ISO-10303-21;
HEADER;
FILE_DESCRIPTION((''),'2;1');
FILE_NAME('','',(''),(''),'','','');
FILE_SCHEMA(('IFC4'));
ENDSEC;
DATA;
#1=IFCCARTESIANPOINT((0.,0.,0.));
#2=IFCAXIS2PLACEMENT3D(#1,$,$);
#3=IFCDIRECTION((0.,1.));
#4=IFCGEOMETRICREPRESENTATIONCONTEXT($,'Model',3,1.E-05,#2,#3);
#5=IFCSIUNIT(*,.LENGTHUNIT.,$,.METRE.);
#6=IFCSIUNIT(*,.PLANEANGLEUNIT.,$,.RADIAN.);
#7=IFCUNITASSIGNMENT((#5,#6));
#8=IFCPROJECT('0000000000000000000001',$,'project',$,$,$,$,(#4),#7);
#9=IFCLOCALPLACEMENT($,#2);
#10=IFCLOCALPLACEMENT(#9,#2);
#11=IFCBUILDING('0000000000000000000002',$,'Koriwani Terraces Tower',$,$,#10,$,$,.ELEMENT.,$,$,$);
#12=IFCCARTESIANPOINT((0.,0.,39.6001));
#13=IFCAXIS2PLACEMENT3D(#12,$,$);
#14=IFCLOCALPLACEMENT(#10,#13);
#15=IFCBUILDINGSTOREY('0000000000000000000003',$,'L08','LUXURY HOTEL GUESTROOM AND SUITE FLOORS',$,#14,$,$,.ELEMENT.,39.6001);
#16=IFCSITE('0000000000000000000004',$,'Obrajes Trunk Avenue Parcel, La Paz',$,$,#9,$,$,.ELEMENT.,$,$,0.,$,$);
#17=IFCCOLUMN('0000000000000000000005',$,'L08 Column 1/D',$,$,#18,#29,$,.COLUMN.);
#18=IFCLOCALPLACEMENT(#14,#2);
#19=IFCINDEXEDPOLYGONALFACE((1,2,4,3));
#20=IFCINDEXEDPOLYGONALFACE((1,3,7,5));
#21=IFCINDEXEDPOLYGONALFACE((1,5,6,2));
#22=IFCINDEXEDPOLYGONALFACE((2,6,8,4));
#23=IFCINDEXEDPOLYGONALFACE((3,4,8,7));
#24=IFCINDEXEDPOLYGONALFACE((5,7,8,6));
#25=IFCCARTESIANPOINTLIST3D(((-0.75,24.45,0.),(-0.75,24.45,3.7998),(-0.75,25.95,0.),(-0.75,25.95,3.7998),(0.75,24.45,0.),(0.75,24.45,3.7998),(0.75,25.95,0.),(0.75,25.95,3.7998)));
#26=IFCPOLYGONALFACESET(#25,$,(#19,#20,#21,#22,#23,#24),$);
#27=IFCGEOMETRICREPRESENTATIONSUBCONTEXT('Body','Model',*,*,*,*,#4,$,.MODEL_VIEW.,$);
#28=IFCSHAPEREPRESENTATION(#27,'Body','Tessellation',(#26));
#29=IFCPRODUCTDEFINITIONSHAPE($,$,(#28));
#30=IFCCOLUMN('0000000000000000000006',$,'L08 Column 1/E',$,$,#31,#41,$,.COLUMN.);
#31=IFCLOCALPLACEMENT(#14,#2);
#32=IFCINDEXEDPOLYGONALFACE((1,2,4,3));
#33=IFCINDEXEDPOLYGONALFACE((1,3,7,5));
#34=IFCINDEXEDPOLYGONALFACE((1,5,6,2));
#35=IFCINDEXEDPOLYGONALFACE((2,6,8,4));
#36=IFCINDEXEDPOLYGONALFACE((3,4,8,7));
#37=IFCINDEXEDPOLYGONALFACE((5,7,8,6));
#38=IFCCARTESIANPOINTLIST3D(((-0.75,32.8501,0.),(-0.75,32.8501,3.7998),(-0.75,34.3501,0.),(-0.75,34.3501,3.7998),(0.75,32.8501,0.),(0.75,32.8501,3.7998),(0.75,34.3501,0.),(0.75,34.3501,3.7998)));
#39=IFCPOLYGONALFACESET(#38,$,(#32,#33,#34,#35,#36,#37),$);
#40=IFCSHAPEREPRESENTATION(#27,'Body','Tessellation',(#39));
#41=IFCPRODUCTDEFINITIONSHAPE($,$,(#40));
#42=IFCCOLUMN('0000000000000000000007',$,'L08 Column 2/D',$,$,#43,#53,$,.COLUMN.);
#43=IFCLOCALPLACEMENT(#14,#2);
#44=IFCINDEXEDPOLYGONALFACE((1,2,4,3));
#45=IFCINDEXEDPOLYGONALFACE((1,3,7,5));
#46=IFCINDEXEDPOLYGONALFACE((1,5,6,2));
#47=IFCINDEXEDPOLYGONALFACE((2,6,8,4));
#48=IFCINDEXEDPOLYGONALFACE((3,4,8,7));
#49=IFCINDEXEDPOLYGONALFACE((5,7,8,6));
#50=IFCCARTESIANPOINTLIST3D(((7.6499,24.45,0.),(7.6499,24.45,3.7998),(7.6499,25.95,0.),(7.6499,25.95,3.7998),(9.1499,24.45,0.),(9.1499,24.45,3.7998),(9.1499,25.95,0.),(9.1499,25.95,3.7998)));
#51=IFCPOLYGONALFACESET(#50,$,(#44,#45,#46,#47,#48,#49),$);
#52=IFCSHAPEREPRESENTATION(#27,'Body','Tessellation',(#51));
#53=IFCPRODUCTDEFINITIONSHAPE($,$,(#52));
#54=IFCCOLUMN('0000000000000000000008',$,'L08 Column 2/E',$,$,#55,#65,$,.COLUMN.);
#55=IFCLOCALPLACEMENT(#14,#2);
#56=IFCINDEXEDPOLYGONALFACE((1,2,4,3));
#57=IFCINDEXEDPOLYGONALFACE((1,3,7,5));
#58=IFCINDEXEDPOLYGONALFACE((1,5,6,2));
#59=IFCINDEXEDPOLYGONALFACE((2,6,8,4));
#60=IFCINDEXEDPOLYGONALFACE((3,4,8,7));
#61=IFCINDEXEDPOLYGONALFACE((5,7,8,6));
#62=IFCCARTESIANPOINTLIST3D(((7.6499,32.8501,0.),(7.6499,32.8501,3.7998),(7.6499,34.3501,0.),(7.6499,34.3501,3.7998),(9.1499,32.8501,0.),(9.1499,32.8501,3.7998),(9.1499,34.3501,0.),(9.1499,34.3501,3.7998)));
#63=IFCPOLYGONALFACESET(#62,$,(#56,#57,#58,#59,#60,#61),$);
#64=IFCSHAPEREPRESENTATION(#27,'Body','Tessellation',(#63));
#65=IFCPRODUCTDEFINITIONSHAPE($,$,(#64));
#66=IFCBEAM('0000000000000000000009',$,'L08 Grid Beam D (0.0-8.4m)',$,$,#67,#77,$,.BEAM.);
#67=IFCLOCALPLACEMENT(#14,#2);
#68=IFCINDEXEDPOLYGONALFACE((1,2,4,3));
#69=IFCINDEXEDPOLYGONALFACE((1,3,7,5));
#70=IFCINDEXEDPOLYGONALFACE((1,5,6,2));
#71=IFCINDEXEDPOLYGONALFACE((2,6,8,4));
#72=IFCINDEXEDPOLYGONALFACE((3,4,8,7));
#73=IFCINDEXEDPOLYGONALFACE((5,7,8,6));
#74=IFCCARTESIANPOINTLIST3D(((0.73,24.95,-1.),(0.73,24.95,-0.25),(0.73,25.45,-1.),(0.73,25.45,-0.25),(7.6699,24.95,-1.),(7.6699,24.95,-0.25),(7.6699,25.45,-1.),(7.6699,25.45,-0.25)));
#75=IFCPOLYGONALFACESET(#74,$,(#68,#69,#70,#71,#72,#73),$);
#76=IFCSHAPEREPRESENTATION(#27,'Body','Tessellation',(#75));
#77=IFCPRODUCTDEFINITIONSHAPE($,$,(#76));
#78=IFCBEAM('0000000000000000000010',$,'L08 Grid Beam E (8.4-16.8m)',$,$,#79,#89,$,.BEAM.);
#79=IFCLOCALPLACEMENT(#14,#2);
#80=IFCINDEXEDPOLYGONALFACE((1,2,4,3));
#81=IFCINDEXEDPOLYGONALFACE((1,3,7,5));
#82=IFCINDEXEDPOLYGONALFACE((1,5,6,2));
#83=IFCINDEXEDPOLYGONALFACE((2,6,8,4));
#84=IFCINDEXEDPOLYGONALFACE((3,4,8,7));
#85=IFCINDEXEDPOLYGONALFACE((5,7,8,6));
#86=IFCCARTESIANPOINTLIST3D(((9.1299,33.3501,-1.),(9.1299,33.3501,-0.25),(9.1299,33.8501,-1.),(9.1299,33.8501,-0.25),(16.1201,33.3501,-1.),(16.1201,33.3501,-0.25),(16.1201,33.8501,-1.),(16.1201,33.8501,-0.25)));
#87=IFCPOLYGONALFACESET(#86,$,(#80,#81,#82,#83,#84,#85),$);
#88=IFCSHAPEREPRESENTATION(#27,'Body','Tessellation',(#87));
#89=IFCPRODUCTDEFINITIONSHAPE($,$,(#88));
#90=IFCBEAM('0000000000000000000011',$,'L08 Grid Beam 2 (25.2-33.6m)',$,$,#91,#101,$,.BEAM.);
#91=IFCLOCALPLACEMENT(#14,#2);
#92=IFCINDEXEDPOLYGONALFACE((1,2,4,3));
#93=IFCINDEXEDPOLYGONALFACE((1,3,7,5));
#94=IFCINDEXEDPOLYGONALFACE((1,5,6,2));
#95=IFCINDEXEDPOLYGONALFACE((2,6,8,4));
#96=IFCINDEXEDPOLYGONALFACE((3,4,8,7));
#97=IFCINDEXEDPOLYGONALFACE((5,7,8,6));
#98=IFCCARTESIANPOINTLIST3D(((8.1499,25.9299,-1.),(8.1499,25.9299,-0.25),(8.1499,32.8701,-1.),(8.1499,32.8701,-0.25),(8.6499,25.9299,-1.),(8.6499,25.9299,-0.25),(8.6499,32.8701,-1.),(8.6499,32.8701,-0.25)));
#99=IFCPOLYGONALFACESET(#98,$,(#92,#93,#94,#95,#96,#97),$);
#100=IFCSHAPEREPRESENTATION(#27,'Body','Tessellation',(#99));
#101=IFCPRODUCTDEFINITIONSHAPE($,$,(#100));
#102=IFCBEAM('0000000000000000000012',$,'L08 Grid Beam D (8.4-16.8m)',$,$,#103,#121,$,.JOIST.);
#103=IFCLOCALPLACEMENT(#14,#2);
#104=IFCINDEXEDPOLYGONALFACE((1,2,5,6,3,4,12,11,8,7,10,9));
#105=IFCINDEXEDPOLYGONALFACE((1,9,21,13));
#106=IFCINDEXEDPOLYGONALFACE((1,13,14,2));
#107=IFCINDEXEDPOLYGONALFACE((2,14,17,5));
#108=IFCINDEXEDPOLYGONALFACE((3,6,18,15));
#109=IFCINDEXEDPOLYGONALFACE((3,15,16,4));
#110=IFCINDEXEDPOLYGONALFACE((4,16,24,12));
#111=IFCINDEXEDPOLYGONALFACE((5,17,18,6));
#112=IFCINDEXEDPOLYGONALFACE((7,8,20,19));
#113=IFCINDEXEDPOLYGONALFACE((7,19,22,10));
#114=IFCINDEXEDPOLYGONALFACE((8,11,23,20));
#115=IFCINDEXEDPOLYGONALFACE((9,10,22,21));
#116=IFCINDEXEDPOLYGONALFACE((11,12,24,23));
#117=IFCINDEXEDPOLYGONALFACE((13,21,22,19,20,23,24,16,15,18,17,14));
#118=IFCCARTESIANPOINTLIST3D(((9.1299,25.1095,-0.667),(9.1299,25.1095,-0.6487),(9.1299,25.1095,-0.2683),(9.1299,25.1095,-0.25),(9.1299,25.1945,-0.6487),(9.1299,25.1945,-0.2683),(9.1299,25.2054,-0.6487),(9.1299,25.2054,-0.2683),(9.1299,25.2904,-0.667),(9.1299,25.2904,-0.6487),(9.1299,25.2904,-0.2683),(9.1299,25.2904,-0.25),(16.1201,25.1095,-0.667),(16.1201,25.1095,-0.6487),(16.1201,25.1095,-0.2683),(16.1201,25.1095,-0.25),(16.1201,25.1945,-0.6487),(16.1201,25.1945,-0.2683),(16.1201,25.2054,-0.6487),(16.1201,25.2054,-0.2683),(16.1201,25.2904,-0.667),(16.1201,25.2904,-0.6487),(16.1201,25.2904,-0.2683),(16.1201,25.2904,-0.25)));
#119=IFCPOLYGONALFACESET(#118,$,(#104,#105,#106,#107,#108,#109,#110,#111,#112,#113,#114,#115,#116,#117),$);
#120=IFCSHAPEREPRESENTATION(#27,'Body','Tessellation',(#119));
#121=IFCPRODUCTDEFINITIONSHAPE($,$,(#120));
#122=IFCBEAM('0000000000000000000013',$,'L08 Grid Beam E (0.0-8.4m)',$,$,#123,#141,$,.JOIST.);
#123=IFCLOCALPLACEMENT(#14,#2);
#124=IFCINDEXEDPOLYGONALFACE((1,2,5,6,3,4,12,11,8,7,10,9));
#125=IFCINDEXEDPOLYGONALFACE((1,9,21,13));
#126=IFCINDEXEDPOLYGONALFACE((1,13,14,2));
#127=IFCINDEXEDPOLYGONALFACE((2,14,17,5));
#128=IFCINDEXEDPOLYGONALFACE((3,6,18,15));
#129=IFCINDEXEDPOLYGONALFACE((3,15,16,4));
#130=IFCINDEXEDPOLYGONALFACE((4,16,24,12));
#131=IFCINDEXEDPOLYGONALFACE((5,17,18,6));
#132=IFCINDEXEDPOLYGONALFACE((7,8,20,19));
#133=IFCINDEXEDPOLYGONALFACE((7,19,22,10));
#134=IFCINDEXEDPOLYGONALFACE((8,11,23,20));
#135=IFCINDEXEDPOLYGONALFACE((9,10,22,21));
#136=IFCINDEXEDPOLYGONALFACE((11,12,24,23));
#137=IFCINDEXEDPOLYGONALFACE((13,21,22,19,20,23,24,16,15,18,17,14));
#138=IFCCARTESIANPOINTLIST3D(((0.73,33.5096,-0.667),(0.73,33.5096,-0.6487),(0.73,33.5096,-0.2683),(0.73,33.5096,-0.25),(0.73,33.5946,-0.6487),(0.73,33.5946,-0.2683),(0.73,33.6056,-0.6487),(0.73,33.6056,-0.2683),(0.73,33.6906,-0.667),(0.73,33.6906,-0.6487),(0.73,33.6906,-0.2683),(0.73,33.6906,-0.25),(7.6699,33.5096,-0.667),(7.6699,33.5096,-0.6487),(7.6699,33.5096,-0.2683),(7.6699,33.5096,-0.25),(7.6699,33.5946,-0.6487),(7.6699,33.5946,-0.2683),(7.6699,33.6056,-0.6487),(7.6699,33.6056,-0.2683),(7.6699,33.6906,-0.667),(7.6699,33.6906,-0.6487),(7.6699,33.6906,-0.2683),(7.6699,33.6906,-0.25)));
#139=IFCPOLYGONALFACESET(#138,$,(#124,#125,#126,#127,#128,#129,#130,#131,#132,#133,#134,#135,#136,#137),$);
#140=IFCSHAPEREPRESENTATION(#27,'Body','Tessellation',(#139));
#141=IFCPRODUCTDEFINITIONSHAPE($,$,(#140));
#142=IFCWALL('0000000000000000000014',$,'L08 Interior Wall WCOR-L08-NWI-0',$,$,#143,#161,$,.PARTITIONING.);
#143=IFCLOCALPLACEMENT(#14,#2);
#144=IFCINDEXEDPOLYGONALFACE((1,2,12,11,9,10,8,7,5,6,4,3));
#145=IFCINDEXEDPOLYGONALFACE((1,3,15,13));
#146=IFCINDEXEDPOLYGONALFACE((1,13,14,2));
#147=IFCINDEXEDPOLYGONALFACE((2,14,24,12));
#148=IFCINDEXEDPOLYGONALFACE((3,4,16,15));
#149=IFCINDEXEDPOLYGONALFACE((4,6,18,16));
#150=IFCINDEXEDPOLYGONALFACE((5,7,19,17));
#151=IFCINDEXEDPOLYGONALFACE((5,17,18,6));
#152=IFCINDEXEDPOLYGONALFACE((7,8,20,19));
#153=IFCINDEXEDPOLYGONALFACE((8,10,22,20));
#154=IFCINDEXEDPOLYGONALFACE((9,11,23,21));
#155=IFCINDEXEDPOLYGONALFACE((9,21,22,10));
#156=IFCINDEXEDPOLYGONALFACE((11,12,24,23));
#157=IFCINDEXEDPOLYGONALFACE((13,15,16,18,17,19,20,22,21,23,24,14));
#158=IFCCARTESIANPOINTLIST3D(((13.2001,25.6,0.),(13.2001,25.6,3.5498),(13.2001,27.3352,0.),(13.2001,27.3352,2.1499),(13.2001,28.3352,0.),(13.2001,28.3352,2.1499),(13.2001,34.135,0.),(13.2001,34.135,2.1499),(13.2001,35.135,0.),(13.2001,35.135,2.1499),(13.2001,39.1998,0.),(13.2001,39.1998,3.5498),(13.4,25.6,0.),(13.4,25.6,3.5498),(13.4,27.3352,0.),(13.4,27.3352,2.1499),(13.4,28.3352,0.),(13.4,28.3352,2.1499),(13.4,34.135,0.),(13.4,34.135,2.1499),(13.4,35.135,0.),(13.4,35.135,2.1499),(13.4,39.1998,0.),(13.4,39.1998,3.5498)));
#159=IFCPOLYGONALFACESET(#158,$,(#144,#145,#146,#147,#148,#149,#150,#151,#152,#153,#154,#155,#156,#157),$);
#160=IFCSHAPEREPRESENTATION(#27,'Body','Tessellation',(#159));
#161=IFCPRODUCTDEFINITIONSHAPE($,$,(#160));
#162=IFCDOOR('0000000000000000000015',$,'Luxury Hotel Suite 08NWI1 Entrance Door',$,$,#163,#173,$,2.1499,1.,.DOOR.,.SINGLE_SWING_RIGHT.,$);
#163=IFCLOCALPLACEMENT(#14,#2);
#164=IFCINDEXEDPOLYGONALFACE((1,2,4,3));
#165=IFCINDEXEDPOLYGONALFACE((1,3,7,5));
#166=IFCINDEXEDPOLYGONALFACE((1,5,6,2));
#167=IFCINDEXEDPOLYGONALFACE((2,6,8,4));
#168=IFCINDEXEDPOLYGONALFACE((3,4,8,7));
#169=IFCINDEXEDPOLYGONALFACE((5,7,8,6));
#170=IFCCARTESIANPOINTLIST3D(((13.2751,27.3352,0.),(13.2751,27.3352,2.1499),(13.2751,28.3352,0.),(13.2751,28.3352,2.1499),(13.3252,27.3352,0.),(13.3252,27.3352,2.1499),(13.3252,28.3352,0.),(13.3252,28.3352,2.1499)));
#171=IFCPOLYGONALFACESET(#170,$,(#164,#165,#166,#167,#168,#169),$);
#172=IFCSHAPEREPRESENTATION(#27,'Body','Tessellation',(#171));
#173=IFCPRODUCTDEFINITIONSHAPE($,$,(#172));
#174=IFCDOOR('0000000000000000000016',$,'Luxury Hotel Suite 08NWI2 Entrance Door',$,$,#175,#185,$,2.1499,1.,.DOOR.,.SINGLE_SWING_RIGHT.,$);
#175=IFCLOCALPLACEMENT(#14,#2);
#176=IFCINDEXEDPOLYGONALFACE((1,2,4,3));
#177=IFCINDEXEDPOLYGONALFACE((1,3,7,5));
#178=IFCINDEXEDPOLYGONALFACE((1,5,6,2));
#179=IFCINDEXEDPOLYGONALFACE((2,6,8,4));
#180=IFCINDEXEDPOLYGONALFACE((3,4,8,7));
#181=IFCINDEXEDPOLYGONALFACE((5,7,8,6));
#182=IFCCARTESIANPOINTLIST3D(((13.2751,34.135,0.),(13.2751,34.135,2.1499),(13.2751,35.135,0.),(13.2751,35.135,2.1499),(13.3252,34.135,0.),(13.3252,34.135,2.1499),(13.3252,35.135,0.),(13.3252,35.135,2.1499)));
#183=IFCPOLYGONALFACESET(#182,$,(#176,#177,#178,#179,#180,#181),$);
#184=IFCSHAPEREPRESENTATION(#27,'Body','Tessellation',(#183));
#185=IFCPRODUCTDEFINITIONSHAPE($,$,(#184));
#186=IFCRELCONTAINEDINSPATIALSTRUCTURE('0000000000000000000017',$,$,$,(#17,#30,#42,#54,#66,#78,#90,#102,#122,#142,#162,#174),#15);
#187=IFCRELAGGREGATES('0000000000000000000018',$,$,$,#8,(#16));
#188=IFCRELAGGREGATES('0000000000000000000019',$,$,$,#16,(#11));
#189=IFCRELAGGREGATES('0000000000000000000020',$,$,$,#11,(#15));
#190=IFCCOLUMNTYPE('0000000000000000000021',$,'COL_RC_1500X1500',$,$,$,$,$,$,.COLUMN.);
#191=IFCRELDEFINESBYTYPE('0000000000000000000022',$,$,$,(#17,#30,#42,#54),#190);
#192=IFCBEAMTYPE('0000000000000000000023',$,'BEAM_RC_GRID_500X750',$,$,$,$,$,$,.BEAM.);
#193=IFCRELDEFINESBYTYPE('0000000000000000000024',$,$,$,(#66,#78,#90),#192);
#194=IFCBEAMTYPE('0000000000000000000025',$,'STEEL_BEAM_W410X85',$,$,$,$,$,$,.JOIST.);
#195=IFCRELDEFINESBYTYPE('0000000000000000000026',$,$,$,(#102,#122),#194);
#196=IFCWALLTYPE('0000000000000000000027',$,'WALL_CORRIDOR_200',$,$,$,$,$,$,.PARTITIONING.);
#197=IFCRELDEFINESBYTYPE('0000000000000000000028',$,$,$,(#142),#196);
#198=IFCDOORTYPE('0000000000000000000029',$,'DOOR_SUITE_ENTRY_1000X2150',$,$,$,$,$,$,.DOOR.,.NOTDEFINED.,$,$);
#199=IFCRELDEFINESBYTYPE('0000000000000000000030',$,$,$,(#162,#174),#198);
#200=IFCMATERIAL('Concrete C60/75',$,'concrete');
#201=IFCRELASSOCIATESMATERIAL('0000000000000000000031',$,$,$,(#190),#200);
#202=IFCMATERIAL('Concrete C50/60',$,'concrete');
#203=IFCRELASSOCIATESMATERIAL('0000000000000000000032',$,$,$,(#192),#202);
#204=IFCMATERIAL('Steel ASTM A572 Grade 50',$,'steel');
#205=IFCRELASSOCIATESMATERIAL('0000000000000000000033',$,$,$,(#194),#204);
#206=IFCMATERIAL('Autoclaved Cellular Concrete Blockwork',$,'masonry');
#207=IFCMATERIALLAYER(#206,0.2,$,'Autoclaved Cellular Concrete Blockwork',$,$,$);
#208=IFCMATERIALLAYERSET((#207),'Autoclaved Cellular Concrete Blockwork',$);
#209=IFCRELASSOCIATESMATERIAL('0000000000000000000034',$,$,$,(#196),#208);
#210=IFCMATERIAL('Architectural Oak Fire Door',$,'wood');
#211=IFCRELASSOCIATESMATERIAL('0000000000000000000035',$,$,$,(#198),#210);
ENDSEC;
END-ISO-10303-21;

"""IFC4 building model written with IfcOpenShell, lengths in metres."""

from ifc_helpers import new_model, si_unit, direction, frame, frame_2d, origin, origin_2d, place, context, subcontext, project, spatial, rectangle, i_section, extrude, material, layer, layer_set, material_profile, profile_set, type_object, element, fill, save


model = new_model("IFC4")

# Units and contexts
model_context = context("Model", 3, precision=1e-05, world=origin(), true_north=direction((0.0, 1.0)))
body_context = subcontext(model_context, "Body", "Model", "MODEL_VIEW")
ifc_project = project(units=[si_unit("LENGTHUNIT", "METRE"), si_unit("PLANEANGLEUNIT", "RADIAN")], contexts=[model_context])

# Site, building, storey
site_placement = place(None, origin())
site = spatial("IfcSite", under=ifc_project, at=site_placement, Name="Obrajes Trunk Avenue Parcel, La Paz", CompositionType="ELEMENT", RefElevation=0.0)
building_placement = place(site_placement, origin())
building = spatial("IfcBuilding", under=site, at=building_placement, Name="Koriwani Terraces Tower", CompositionType="ELEMENT")
storey_placement = place(building_placement, frame((0.0, 0.0, 39.6001)))
storey = spatial("IfcBuildingStorey", under=building, at=storey_placement, Name="L08", Description="LUXURY HOTEL GUESTROOM AND SUITE FLOORS", CompositionType="ELEMENT", Elevation=39.6001)

# Columns
ifc_material_1 = material(Name="Concrete C60/75", Category="concrete")
ifc_material_profile_1 = material_profile(ifc_material_1, rectangle(XDim=1.5, YDim=1.5, at=origin_2d()), Name="Concrete C60/75", Category="LoadBearing")
ifc_profile_set_1 = profile_set([ifc_material_profile_1], Name="Concrete C60/75")
column_type = type_object("IfcColumnType", Name="COL_RC_1500X1500", PredefinedType="COLUMN", material=ifc_profile_set_1)
for number, where, z_axis, x_axis, name in (
    (1, (0.0, 25.2, 0.0), (0.0, 0.0, 1.0), (1.0, 0.0, 0.0), "L08 Column 1/D"),
    (2, (0.0, 33.6001, 0.0), (0.0, 0.0, 1.0), (1.0, 0.0, 0.0), "L08 Column 1/E"),
    (3, (8.3999, 25.2, 0.0), (0.0, 0.0, 1.0), (1.0, 0.0, 0.0), "L08 Column 2/D"),
    (4, (8.3999, 33.6001, 0.0), (0.0, 0.0, 1.0), (1.0, 0.0, 0.0), "L08 Column 2/E"),
):
    element("IfcColumn", number, at=place(storey_placement, frame(where, z_axis=z_axis, x_axis=x_axis)), inside=storey, type_object=column_type, Name=name, PredefinedType="COLUMN", context=body_context, shape_type="SweptSolid", body=[
        extrude(rectangle(XDim=1.5, YDim=1.5, at=origin_2d()), origin(), (0.0, 0.0, 1.0), 3.7998),
    ])

# Beams
ifc_material_2 = material(Name="Concrete C50/60", Category="concrete")
ifc_material_profile_2 = material_profile(ifc_material_2, rectangle(XDim=0.5, YDim=0.75, at=origin_2d()), Name="Concrete C50/60", Category="LoadBearing")
ifc_profile_set_2 = profile_set([ifc_material_profile_2], Name="Concrete C50/60")
beam_type_1 = type_object("IfcBeamType", Name="BEAM_RC_GRID_500X750", PredefinedType="BEAM", material=ifc_profile_set_2)
beam_1_placement = place(storey_placement, frame((0.73, 25.2, -0.625), z_axis=(1.0, 0.0, 0.0), x_axis=(0.0, 1.0, 0.0)))
element("IfcBeam", 5, at=beam_1_placement, inside=storey, type_object=beam_type_1, Name="L08 Grid Beam D (0.0-8.4m)", PredefinedType="BEAM", context=body_context, shape_type="SweptSolid", body=[
    extrude(rectangle(XDim=0.5, YDim=0.75, at=origin_2d()), origin(), (0.0, 0.0, 1.0), 6.9399),
])
beam_2_placement = place(storey_placement, frame((9.1299, 33.6001, -0.625), z_axis=(1.0, 0.0, 0.0), x_axis=(0.0, 1.0, 0.0)))
element("IfcBeam", 6, at=beam_2_placement, inside=storey, type_object=beam_type_1, Name="L08 Grid Beam E (8.4-16.8m)", PredefinedType="BEAM", context=body_context, shape_type="SweptSolid", body=[
    extrude(rectangle(XDim=0.5, YDim=0.75, at=origin_2d()), origin(), (0.0, 0.0, 1.0), 6.9902),
])
beam_3_placement = place(storey_placement, frame((8.3999, 25.9299, -0.625), z_axis=(0.0, 1.0, 0.0), x_axis=(-1.0, 0.0, 0.0)))
element("IfcBeam", 7, at=beam_3_placement, inside=storey, type_object=beam_type_1, Name="L08 Grid Beam 2 (25.2-33.6m)", PredefinedType="BEAM", context=body_context, shape_type="SweptSolid", body=[
    extrude(rectangle(XDim=0.5, YDim=0.75, at=origin_2d()), origin(), (0.0, 0.0, 1.0), 6.9402),
])
ifc_material_3 = material(Name="Steel ASTM A572 Grade 50", Category="steel")
ifc_material_profile_3 = material_profile(ifc_material_3, i_section(OverallWidth=0.1809, OverallDepth=0.417, WebThickness=0.011, FlangeThickness=0.0183, at=origin_2d()), Name="Steel ASTM A572 Grade 50", Category="LoadBearing")
ifc_profile_set_3 = profile_set([ifc_material_profile_3], Name="Steel ASTM A572 Grade 50")
beam_type_2 = type_object("IfcBeamType", Name="STEEL_BEAM_W410X85", PredefinedType="JOIST", material=ifc_profile_set_3)
beam_4_placement = place(storey_placement, frame((9.1299, 25.2, -0.4585), z_axis=(1.0, 0.0, 0.0), x_axis=(0.0, 1.0, 0.0)))
element("IfcBeam", 8, at=beam_4_placement, inside=storey, type_object=beam_type_2, Name="L08 Grid Beam D (8.4-16.8m)", PredefinedType="JOIST", context=body_context, shape_type="SweptSolid", body=[
    extrude(i_section(OverallWidth=0.1809, OverallDepth=0.417, WebThickness=0.011, FlangeThickness=0.0183, at=origin_2d()), origin(), (0.0, 0.0, 1.0), 6.9902),
])
beam_5_placement = place(storey_placement, frame((0.73, 33.6001, -0.4585), z_axis=(1.0, 0.0, 0.0), x_axis=(0.0, 1.0, 0.0)))
element("IfcBeam", 9, at=beam_5_placement, inside=storey, type_object=beam_type_2, Name="L08 Grid Beam E (0.0-8.4m)", PredefinedType="JOIST", context=body_context, shape_type="SweptSolid", body=[
    extrude(i_section(OverallWidth=0.1809, OverallDepth=0.417, WebThickness=0.011, FlangeThickness=0.0183, at=origin_2d()), origin(), (0.0, 0.0, 1.0), 6.9399),
])

# Wall, openings, doors
ifc_material_4 = material(Name="Autoclaved Cellular Concrete Blockwork", Category="masonry")
ifc_layer_1 = layer(ifc_material_4, 0.2, Name="Autoclaved Cellular Concrete Blockwork")
ifc_layer_set_1 = layer_set([ifc_layer_1], Name="Autoclaved Cellular Concrete Blockwork")
wall_type_1 = type_object("IfcWallType", Name="WALL_CORRIDOR_200", PredefinedType="PARTITIONING", material=ifc_layer_set_1)
wall_1_placement = place(storey_placement, frame((13.3, 25.6001, 0.0), z_axis=(0.0, 0.0, 1.0), x_axis=(0.0, 1.0, 0.0)))
wall_1 = element("IfcWall", 10, at=wall_1_placement, inside=storey, type_object=wall_type_1, Name="L08 Interior Wall WCOR-L08-NWI-0", PredefinedType="PARTITIONING", context=body_context, shape_type="SweptSolid", body=[
    extrude(rectangle(XDim=13.5999, YDim=0.2, at=frame_2d((6.7998, 0.0))), origin(), (0.0, 0.0, 1.0), 3.5498),
])
opening_1_placement = place(wall_1_placement, frame((1.7351, 0.0, 0.0)))
opening_1 = element("IfcOpeningElement", 11, at=opening_1_placement, cuts=wall_1, PredefinedType="OPENING", context=body_context, shape_type="SweptSolid", body=[
    extrude(rectangle(XDim=1.0, YDim=2.1499, at=frame_2d((0.5, 1.075))), frame((0.0, 0.1099, 0.0), z_axis=(0.0, -1.0, 0.0), x_axis=(1.0, 0.0, 0.0)), (0.0, 0.0, 1.0), 0.22),
])
opening_2_placement = place(wall_1_placement, frame((8.5349, 0.0, 0.0)))
opening_2 = element("IfcOpeningElement", 12, at=opening_2_placement, cuts=wall_1, PredefinedType="OPENING", context=body_context, shape_type="SweptSolid", body=[
    extrude(rectangle(XDim=1.0, YDim=2.1499, at=frame_2d((0.5, 1.075))), frame((0.0, 0.1099, 0.0), z_axis=(0.0, -1.0, 0.0), x_axis=(1.0, 0.0, 0.0)), (0.0, 0.0, 1.0), 0.22),
])
ifc_material_5 = material(Name="Architectural Oak Fire Door", Category="wood")
door_type_1 = type_object("IfcDoorType", Name="DOOR_SUITE_ENTRY_1000X2150", OperationType="NOTDEFINED", PredefinedType="DOOR", material=ifc_material_5)
door_1_placement = place(opening_1_placement, origin())
door_1 = element("IfcDoor", 13, at=door_1_placement, inside=storey, type_object=door_type_1, Name="Luxury Hotel Suite 08NWI1 Entrance Door", OperationType="SINGLE_SWING_RIGHT", OverallHeight=2.1499, OverallWidth=1.0, PredefinedType="DOOR", context=body_context, shape_type="SweptSolid", body=[
    extrude(rectangle(XDim=1.0, YDim=2.1499, at=frame_2d((0.5, 1.075))), frame((0.0, 0.0249, 0.0), z_axis=(0.0, -1.0, 0.0), x_axis=(1.0, 0.0, 0.0)), (0.0, 0.0, 1.0), 0.05),
])
fill(opening_1, door_1)
door_2_placement = place(opening_2_placement, origin())
door_2 = element("IfcDoor", 14, at=door_2_placement, inside=storey, type_object=door_type_1, Name="Luxury Hotel Suite 08NWI2 Entrance Door", OperationType="SINGLE_SWING_RIGHT", OverallHeight=2.1499, OverallWidth=1.0, PredefinedType="DOOR", context=body_context, shape_type="SweptSolid", body=[
    extrude(rectangle(XDim=1.0, YDim=2.1499, at=frame_2d((0.5, 1.075))), frame((0.0, 0.0249, 0.0), z_axis=(0.0, -1.0, 0.0), x_axis=(1.0, 0.0, 0.0)), (0.0, 0.0, 1.0), 0.05),
])
fill(opening_2, door_2)

save(model, "model.ifc")
